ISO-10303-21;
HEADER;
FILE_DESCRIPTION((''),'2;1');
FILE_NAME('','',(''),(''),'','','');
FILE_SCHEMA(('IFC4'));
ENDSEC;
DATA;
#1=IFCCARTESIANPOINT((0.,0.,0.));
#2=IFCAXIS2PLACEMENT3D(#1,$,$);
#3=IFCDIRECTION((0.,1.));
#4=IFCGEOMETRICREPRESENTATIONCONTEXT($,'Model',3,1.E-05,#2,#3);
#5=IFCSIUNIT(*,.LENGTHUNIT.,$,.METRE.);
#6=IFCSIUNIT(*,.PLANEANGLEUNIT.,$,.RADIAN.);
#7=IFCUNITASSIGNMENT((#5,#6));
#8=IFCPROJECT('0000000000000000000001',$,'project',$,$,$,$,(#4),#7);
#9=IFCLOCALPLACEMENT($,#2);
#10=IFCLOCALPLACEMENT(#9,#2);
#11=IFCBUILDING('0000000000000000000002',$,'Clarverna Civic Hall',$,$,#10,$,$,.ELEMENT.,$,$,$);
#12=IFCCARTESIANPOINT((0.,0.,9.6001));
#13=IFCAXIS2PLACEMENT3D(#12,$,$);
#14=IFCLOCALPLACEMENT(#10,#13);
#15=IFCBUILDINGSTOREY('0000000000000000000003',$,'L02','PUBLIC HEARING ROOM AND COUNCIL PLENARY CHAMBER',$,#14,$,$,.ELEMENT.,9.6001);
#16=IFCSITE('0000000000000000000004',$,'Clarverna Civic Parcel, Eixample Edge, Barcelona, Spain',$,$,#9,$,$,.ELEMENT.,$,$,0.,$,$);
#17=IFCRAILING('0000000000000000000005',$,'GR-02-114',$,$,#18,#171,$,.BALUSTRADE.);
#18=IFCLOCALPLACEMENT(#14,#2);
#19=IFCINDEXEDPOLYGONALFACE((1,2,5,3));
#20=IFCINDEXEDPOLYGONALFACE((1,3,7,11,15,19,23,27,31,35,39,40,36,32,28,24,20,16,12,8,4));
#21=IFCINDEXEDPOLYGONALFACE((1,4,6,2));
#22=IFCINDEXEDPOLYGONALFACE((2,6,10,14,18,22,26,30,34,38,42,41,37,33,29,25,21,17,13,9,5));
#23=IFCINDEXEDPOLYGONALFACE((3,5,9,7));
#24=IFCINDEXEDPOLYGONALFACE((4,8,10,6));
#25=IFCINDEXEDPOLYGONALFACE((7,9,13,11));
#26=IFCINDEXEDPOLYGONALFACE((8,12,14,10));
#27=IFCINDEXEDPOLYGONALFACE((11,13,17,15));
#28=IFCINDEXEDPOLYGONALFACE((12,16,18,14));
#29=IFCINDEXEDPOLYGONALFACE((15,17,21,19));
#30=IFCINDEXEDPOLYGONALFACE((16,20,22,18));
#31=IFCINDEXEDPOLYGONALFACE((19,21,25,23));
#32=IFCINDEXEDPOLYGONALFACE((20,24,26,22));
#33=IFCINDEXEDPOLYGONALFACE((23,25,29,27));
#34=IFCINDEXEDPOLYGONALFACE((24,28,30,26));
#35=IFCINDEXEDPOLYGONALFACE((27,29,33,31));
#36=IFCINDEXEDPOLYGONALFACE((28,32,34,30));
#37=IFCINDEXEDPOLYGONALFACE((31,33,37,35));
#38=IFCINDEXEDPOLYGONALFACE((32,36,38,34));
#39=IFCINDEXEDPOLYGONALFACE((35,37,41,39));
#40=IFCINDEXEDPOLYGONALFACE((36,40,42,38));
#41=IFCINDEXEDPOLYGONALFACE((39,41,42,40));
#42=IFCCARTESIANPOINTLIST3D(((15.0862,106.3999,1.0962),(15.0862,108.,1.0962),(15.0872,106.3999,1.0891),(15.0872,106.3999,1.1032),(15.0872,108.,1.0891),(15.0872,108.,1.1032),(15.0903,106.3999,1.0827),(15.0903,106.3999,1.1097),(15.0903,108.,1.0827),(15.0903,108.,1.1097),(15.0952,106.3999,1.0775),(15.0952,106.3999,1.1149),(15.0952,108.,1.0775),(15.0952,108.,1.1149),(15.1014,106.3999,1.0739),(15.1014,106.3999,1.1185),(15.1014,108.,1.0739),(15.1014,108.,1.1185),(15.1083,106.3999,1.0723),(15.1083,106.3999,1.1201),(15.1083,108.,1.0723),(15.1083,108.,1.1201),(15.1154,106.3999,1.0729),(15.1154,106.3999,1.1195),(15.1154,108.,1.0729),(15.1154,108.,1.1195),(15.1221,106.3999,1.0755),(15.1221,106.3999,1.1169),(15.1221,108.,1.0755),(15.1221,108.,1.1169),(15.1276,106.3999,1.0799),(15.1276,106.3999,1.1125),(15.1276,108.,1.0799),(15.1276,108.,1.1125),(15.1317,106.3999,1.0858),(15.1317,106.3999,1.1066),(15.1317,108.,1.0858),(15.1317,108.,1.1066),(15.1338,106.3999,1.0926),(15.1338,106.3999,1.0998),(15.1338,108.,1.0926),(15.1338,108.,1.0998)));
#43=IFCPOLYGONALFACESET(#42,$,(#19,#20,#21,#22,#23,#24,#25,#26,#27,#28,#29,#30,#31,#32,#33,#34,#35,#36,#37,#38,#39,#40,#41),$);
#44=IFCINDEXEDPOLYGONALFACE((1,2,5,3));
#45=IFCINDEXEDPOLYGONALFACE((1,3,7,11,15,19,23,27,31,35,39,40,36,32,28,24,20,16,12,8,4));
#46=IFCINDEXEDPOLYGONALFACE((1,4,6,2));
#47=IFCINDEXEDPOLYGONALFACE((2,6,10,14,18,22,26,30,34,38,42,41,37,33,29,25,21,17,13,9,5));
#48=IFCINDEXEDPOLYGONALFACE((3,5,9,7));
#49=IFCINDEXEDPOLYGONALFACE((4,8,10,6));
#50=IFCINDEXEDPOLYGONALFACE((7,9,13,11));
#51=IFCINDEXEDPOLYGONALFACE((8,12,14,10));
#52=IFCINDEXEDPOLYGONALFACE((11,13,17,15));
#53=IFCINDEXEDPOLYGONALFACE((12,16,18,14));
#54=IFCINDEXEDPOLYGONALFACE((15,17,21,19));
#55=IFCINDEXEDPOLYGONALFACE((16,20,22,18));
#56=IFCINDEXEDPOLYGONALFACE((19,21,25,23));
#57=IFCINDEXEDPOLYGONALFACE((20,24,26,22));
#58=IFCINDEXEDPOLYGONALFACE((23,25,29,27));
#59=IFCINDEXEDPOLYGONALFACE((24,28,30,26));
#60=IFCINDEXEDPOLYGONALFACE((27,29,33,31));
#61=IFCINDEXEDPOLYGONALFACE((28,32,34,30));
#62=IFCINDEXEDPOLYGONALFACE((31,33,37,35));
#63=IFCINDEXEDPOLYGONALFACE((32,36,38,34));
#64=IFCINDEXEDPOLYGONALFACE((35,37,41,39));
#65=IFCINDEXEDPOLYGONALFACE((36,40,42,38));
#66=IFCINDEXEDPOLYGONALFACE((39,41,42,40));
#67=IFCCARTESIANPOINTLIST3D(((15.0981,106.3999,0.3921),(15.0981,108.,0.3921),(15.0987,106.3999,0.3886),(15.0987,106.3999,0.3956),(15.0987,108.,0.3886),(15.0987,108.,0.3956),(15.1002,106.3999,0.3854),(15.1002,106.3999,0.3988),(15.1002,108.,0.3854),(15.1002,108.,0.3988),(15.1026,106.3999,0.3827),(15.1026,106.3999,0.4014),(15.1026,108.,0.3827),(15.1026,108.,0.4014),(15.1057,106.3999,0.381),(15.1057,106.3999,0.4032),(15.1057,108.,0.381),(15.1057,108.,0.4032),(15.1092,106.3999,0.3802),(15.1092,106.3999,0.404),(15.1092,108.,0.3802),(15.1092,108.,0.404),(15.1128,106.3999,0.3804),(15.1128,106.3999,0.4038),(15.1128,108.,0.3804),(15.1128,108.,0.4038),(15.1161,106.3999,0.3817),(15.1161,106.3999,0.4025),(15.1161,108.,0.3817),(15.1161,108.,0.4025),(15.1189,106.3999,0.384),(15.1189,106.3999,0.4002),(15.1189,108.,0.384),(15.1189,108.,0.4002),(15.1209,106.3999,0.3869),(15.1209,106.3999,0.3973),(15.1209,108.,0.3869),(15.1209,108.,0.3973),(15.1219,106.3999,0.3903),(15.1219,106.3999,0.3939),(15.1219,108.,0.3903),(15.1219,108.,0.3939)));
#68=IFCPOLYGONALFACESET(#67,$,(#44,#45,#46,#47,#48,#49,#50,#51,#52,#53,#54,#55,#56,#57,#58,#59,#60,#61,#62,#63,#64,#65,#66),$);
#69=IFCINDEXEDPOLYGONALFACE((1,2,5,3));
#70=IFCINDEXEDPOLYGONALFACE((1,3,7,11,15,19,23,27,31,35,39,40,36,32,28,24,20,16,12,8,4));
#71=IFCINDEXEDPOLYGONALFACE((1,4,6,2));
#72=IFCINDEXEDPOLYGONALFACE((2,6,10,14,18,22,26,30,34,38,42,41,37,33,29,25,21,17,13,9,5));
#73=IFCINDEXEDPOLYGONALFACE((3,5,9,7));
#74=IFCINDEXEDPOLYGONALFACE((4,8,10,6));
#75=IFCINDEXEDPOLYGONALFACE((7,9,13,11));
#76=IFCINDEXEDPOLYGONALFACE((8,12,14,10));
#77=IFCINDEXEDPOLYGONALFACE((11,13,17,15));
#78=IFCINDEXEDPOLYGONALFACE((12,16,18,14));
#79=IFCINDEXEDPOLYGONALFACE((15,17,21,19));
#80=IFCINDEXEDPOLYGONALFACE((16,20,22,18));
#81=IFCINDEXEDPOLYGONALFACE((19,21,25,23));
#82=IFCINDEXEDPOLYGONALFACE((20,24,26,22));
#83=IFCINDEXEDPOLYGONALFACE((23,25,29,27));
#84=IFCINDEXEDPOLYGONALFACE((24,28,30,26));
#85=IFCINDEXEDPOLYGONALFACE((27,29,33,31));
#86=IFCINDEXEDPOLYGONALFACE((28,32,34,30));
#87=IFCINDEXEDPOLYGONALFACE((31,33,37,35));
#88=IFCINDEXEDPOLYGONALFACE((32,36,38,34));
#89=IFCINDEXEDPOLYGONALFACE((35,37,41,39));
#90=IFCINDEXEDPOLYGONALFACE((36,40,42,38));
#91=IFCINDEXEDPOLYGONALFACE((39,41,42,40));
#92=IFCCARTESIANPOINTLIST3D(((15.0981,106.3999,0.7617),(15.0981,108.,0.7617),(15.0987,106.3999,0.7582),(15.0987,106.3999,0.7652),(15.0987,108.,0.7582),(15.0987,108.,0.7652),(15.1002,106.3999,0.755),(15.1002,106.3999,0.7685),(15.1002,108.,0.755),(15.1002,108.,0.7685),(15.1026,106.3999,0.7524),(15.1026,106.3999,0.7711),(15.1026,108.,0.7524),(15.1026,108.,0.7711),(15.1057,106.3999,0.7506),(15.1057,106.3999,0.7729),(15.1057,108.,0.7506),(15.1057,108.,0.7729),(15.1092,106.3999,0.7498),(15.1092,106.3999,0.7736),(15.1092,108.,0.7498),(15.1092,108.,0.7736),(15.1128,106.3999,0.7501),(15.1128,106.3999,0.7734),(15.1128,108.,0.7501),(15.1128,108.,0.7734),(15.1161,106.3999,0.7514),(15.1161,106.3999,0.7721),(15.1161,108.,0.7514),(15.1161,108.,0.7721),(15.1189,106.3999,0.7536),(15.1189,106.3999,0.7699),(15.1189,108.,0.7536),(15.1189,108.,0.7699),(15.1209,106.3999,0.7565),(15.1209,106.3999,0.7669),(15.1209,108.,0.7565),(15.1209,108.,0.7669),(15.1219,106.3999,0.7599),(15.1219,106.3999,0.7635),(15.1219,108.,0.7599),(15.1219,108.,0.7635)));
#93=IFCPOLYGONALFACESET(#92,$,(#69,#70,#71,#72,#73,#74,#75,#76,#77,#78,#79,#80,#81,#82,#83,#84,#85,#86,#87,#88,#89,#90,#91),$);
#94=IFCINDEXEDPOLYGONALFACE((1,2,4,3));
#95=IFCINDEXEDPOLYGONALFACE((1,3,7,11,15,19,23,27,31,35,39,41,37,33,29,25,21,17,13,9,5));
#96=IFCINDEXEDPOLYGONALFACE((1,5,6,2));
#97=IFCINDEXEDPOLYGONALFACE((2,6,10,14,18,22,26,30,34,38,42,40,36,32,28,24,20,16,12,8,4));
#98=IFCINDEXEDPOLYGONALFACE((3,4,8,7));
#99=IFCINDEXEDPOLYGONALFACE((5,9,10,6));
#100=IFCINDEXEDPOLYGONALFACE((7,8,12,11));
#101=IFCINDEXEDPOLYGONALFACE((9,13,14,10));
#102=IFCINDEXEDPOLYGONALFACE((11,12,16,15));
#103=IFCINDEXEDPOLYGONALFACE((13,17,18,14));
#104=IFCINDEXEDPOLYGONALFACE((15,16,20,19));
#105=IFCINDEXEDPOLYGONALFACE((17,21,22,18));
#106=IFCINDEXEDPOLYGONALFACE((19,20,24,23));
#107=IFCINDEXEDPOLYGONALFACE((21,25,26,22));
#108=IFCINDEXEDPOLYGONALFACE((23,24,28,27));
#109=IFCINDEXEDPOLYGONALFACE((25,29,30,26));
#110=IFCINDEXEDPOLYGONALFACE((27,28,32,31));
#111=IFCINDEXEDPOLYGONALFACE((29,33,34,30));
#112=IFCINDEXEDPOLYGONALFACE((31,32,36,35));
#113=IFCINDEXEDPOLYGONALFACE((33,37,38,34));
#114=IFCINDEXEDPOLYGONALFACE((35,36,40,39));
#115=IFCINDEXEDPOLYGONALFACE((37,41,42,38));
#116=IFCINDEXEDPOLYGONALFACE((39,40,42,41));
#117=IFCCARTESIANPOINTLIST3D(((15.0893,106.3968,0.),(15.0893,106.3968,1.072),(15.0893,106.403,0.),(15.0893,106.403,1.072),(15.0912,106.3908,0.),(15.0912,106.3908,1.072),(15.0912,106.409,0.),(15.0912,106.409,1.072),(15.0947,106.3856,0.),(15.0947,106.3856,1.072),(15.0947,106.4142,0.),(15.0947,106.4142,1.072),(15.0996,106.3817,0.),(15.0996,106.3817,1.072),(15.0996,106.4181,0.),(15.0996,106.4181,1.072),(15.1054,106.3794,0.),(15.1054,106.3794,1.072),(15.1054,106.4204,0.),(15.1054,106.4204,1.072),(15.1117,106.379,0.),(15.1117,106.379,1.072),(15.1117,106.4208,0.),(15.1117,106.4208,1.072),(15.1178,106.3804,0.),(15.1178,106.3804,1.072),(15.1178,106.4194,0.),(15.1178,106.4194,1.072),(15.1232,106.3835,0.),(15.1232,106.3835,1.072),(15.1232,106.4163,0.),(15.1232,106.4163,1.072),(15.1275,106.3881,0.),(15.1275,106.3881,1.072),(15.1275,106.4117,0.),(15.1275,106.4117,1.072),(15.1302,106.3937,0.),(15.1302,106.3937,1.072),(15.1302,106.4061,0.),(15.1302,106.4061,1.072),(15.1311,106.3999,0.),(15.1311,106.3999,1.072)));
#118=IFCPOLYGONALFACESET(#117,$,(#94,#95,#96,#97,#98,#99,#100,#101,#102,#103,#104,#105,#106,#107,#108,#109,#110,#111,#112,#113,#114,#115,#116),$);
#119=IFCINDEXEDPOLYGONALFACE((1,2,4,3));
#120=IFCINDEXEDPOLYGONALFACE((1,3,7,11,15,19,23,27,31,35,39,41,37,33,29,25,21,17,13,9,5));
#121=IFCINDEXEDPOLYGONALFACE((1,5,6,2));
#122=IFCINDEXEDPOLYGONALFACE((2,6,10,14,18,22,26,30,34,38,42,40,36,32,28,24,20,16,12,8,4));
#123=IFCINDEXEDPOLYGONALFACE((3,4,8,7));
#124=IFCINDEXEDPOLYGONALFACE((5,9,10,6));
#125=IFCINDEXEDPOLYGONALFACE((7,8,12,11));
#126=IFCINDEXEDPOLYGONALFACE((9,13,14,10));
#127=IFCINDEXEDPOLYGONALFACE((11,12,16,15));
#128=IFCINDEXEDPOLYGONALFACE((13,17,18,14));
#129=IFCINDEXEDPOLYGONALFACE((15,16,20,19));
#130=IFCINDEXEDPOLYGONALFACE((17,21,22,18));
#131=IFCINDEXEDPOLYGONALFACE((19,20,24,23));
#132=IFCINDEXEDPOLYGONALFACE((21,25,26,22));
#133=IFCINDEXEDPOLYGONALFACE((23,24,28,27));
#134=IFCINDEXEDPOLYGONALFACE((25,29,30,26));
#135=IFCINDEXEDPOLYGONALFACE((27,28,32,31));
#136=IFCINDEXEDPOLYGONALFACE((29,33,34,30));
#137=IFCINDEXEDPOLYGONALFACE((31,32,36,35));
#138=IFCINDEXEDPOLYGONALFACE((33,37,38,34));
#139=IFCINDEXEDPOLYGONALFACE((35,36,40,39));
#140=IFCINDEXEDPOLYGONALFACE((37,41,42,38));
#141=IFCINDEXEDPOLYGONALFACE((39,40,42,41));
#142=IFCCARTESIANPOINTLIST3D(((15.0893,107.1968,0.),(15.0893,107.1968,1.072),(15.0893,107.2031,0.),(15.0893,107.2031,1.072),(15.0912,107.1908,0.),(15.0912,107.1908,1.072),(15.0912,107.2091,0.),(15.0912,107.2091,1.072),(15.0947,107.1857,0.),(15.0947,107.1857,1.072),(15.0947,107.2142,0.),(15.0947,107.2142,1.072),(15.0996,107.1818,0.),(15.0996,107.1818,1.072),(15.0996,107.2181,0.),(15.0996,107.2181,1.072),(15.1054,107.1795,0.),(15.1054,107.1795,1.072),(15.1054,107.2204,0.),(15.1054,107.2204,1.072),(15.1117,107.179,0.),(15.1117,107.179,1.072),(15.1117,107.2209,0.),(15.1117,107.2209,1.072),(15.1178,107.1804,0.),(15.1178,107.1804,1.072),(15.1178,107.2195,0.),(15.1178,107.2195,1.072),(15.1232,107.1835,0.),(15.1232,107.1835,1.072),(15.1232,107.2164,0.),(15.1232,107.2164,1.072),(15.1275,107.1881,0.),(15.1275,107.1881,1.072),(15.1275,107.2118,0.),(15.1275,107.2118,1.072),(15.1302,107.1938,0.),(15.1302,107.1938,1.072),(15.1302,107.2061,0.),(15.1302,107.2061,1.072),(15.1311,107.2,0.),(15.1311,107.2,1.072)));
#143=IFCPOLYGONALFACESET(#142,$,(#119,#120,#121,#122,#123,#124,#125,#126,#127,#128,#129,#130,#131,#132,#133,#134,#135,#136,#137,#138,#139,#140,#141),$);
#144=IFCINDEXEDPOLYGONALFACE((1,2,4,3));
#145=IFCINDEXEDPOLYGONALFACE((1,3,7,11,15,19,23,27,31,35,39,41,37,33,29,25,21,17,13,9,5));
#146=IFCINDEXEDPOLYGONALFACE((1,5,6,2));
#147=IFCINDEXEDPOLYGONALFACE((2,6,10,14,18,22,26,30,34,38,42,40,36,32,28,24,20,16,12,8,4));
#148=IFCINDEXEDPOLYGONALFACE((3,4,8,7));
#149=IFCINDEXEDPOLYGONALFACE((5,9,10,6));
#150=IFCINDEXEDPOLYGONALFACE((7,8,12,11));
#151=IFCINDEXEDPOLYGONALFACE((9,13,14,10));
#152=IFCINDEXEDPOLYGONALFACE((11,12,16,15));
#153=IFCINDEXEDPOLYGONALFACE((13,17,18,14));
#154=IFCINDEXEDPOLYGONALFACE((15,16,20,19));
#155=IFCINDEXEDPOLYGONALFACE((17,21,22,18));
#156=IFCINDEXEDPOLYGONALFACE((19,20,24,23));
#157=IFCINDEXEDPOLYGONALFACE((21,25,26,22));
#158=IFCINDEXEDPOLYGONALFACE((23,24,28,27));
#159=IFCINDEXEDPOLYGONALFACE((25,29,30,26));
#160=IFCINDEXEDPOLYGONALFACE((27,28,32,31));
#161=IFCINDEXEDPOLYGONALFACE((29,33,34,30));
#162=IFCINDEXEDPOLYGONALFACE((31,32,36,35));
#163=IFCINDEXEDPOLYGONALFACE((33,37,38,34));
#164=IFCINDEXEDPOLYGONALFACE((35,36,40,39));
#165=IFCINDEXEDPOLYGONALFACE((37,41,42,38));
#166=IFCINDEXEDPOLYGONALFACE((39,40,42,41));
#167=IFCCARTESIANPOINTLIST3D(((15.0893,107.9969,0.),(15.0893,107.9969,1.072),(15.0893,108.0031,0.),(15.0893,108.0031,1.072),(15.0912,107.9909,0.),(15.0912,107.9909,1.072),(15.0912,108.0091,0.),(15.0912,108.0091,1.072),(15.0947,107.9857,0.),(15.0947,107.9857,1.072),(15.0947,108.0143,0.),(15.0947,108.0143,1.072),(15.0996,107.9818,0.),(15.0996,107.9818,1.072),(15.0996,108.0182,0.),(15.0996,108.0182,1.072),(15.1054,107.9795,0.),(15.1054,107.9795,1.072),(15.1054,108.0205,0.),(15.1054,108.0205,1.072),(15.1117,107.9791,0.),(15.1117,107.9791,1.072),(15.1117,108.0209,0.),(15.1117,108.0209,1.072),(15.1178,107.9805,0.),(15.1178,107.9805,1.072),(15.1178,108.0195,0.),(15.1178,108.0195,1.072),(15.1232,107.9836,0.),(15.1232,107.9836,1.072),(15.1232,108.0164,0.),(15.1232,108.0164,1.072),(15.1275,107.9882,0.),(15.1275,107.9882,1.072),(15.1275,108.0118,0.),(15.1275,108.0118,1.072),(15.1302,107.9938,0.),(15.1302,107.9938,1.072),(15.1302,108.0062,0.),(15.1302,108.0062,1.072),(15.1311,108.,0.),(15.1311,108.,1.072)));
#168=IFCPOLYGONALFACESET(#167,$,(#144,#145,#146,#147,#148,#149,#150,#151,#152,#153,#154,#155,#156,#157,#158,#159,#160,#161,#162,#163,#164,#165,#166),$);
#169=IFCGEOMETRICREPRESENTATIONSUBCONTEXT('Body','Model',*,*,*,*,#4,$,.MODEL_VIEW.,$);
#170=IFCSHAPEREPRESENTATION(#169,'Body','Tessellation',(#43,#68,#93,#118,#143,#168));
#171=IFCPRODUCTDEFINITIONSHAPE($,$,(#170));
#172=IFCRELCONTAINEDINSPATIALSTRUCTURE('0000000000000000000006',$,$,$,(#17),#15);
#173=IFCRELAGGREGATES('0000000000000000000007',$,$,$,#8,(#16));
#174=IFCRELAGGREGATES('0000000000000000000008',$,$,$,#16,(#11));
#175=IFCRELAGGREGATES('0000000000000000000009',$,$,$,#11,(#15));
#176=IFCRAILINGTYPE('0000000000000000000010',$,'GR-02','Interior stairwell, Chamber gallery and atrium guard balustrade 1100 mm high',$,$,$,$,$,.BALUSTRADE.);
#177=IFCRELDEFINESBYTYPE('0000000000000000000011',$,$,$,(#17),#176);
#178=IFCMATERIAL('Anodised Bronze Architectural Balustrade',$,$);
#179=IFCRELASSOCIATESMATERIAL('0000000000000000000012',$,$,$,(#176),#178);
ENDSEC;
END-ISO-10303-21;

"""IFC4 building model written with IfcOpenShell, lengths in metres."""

from ifc_helpers import new_model, si_unit, direction, frame, origin, origin_2d, place, context, subcontext, project, spatial, circle, extrude, material, type_object, element, save


model = new_model("IFC4")

# Units and contexts
model_context = context("Model", 3, precision=1e-05, world=origin(), true_north=direction((0.0, 1.0)))
body_context = subcontext(model_context, "Body", "Model", "MODEL_VIEW")
ifc_project = project(units=[si_unit("LENGTHUNIT", "METRE"), si_unit("PLANEANGLEUNIT", "RADIAN")], contexts=[model_context])

# Site, building, storey
site_placement = place(None, origin())
site = spatial("IfcSite", under=ifc_project, at=site_placement, Name="Clarverna Civic Parcel, Eixample Edge, Barcelona, Spain", CompositionType="ELEMENT", RefElevation=0.0)
building_placement = place(site_placement, origin())
building = spatial("IfcBuilding", under=site, at=building_placement, Name="Clarverna Civic Hall", CompositionType="ELEMENT")
storey_placement = place(building_placement, frame((0.0, 0.0, 9.6001)))
storey = spatial("IfcBuildingStorey", under=building, at=storey_placement, Name="L02", Description="PUBLIC HEARING ROOM AND COUNCIL PLENARY CHAMBER", CompositionType="ELEMENT", Elevation=9.6001)

# Railing
ifc_material_1 = material(Name="Anodised Bronze Architectural Balustrade")
railing_type_1 = type_object("IfcRailingType", Name="GR-02", Description="Interior stairwell, Chamber gallery and atrium guard balustrade 1100 mm high", PredefinedType="BALUSTRADE", material=ifc_material_1)
railing_1_placement = place(storey_placement, frame((15.1101, 106.3999, 0.0)))
element("IfcRailing", 1, at=railing_1_placement, inside=storey, type_object=railing_type_1, Name="GR-02-114", PredefinedType="BALUSTRADE", context=body_context, shape_type="SweptSolid", body=[
    extrude(circle(Radius=0.0239, at=origin_2d()), frame((0.0, 0.0, 1.0962), z_axis=(0.0, 1.0, 0.0), x_axis=(-1.0, 0.0, 0.0)), (0.0, 0.0, 1.0), 1.6001),
    extrude(circle(Radius=0.012, at=origin_2d()), frame((0.0, 0.0, 0.3921), z_axis=(0.0, 1.0, 0.0), x_axis=(-1.0, 0.0, 0.0)), (0.0, 0.0, 1.0), 1.6001),
    extrude(circle(Radius=0.012, at=origin_2d()), frame((0.0, 0.0, 0.7617), z_axis=(0.0, 1.0, 0.0), x_axis=(-1.0, 0.0, 0.0)), (0.0, 0.0, 1.0), 1.6001),
    extrude(circle(Radius=0.021, at=origin_2d()), origin(), (0.0, 0.0, 1.0), 1.072),
    extrude(circle(Radius=0.021, at=origin_2d()), frame((0.0, 0.8, 0.0)), (0.0, 0.0, 1.0), 1.072),
    extrude(circle(Radius=0.021, at=origin_2d()), frame((0.0, 1.6001, 0.0)), (0.0, 0.0, 1.0), 1.072),
])

save(model, "model.ifc")
